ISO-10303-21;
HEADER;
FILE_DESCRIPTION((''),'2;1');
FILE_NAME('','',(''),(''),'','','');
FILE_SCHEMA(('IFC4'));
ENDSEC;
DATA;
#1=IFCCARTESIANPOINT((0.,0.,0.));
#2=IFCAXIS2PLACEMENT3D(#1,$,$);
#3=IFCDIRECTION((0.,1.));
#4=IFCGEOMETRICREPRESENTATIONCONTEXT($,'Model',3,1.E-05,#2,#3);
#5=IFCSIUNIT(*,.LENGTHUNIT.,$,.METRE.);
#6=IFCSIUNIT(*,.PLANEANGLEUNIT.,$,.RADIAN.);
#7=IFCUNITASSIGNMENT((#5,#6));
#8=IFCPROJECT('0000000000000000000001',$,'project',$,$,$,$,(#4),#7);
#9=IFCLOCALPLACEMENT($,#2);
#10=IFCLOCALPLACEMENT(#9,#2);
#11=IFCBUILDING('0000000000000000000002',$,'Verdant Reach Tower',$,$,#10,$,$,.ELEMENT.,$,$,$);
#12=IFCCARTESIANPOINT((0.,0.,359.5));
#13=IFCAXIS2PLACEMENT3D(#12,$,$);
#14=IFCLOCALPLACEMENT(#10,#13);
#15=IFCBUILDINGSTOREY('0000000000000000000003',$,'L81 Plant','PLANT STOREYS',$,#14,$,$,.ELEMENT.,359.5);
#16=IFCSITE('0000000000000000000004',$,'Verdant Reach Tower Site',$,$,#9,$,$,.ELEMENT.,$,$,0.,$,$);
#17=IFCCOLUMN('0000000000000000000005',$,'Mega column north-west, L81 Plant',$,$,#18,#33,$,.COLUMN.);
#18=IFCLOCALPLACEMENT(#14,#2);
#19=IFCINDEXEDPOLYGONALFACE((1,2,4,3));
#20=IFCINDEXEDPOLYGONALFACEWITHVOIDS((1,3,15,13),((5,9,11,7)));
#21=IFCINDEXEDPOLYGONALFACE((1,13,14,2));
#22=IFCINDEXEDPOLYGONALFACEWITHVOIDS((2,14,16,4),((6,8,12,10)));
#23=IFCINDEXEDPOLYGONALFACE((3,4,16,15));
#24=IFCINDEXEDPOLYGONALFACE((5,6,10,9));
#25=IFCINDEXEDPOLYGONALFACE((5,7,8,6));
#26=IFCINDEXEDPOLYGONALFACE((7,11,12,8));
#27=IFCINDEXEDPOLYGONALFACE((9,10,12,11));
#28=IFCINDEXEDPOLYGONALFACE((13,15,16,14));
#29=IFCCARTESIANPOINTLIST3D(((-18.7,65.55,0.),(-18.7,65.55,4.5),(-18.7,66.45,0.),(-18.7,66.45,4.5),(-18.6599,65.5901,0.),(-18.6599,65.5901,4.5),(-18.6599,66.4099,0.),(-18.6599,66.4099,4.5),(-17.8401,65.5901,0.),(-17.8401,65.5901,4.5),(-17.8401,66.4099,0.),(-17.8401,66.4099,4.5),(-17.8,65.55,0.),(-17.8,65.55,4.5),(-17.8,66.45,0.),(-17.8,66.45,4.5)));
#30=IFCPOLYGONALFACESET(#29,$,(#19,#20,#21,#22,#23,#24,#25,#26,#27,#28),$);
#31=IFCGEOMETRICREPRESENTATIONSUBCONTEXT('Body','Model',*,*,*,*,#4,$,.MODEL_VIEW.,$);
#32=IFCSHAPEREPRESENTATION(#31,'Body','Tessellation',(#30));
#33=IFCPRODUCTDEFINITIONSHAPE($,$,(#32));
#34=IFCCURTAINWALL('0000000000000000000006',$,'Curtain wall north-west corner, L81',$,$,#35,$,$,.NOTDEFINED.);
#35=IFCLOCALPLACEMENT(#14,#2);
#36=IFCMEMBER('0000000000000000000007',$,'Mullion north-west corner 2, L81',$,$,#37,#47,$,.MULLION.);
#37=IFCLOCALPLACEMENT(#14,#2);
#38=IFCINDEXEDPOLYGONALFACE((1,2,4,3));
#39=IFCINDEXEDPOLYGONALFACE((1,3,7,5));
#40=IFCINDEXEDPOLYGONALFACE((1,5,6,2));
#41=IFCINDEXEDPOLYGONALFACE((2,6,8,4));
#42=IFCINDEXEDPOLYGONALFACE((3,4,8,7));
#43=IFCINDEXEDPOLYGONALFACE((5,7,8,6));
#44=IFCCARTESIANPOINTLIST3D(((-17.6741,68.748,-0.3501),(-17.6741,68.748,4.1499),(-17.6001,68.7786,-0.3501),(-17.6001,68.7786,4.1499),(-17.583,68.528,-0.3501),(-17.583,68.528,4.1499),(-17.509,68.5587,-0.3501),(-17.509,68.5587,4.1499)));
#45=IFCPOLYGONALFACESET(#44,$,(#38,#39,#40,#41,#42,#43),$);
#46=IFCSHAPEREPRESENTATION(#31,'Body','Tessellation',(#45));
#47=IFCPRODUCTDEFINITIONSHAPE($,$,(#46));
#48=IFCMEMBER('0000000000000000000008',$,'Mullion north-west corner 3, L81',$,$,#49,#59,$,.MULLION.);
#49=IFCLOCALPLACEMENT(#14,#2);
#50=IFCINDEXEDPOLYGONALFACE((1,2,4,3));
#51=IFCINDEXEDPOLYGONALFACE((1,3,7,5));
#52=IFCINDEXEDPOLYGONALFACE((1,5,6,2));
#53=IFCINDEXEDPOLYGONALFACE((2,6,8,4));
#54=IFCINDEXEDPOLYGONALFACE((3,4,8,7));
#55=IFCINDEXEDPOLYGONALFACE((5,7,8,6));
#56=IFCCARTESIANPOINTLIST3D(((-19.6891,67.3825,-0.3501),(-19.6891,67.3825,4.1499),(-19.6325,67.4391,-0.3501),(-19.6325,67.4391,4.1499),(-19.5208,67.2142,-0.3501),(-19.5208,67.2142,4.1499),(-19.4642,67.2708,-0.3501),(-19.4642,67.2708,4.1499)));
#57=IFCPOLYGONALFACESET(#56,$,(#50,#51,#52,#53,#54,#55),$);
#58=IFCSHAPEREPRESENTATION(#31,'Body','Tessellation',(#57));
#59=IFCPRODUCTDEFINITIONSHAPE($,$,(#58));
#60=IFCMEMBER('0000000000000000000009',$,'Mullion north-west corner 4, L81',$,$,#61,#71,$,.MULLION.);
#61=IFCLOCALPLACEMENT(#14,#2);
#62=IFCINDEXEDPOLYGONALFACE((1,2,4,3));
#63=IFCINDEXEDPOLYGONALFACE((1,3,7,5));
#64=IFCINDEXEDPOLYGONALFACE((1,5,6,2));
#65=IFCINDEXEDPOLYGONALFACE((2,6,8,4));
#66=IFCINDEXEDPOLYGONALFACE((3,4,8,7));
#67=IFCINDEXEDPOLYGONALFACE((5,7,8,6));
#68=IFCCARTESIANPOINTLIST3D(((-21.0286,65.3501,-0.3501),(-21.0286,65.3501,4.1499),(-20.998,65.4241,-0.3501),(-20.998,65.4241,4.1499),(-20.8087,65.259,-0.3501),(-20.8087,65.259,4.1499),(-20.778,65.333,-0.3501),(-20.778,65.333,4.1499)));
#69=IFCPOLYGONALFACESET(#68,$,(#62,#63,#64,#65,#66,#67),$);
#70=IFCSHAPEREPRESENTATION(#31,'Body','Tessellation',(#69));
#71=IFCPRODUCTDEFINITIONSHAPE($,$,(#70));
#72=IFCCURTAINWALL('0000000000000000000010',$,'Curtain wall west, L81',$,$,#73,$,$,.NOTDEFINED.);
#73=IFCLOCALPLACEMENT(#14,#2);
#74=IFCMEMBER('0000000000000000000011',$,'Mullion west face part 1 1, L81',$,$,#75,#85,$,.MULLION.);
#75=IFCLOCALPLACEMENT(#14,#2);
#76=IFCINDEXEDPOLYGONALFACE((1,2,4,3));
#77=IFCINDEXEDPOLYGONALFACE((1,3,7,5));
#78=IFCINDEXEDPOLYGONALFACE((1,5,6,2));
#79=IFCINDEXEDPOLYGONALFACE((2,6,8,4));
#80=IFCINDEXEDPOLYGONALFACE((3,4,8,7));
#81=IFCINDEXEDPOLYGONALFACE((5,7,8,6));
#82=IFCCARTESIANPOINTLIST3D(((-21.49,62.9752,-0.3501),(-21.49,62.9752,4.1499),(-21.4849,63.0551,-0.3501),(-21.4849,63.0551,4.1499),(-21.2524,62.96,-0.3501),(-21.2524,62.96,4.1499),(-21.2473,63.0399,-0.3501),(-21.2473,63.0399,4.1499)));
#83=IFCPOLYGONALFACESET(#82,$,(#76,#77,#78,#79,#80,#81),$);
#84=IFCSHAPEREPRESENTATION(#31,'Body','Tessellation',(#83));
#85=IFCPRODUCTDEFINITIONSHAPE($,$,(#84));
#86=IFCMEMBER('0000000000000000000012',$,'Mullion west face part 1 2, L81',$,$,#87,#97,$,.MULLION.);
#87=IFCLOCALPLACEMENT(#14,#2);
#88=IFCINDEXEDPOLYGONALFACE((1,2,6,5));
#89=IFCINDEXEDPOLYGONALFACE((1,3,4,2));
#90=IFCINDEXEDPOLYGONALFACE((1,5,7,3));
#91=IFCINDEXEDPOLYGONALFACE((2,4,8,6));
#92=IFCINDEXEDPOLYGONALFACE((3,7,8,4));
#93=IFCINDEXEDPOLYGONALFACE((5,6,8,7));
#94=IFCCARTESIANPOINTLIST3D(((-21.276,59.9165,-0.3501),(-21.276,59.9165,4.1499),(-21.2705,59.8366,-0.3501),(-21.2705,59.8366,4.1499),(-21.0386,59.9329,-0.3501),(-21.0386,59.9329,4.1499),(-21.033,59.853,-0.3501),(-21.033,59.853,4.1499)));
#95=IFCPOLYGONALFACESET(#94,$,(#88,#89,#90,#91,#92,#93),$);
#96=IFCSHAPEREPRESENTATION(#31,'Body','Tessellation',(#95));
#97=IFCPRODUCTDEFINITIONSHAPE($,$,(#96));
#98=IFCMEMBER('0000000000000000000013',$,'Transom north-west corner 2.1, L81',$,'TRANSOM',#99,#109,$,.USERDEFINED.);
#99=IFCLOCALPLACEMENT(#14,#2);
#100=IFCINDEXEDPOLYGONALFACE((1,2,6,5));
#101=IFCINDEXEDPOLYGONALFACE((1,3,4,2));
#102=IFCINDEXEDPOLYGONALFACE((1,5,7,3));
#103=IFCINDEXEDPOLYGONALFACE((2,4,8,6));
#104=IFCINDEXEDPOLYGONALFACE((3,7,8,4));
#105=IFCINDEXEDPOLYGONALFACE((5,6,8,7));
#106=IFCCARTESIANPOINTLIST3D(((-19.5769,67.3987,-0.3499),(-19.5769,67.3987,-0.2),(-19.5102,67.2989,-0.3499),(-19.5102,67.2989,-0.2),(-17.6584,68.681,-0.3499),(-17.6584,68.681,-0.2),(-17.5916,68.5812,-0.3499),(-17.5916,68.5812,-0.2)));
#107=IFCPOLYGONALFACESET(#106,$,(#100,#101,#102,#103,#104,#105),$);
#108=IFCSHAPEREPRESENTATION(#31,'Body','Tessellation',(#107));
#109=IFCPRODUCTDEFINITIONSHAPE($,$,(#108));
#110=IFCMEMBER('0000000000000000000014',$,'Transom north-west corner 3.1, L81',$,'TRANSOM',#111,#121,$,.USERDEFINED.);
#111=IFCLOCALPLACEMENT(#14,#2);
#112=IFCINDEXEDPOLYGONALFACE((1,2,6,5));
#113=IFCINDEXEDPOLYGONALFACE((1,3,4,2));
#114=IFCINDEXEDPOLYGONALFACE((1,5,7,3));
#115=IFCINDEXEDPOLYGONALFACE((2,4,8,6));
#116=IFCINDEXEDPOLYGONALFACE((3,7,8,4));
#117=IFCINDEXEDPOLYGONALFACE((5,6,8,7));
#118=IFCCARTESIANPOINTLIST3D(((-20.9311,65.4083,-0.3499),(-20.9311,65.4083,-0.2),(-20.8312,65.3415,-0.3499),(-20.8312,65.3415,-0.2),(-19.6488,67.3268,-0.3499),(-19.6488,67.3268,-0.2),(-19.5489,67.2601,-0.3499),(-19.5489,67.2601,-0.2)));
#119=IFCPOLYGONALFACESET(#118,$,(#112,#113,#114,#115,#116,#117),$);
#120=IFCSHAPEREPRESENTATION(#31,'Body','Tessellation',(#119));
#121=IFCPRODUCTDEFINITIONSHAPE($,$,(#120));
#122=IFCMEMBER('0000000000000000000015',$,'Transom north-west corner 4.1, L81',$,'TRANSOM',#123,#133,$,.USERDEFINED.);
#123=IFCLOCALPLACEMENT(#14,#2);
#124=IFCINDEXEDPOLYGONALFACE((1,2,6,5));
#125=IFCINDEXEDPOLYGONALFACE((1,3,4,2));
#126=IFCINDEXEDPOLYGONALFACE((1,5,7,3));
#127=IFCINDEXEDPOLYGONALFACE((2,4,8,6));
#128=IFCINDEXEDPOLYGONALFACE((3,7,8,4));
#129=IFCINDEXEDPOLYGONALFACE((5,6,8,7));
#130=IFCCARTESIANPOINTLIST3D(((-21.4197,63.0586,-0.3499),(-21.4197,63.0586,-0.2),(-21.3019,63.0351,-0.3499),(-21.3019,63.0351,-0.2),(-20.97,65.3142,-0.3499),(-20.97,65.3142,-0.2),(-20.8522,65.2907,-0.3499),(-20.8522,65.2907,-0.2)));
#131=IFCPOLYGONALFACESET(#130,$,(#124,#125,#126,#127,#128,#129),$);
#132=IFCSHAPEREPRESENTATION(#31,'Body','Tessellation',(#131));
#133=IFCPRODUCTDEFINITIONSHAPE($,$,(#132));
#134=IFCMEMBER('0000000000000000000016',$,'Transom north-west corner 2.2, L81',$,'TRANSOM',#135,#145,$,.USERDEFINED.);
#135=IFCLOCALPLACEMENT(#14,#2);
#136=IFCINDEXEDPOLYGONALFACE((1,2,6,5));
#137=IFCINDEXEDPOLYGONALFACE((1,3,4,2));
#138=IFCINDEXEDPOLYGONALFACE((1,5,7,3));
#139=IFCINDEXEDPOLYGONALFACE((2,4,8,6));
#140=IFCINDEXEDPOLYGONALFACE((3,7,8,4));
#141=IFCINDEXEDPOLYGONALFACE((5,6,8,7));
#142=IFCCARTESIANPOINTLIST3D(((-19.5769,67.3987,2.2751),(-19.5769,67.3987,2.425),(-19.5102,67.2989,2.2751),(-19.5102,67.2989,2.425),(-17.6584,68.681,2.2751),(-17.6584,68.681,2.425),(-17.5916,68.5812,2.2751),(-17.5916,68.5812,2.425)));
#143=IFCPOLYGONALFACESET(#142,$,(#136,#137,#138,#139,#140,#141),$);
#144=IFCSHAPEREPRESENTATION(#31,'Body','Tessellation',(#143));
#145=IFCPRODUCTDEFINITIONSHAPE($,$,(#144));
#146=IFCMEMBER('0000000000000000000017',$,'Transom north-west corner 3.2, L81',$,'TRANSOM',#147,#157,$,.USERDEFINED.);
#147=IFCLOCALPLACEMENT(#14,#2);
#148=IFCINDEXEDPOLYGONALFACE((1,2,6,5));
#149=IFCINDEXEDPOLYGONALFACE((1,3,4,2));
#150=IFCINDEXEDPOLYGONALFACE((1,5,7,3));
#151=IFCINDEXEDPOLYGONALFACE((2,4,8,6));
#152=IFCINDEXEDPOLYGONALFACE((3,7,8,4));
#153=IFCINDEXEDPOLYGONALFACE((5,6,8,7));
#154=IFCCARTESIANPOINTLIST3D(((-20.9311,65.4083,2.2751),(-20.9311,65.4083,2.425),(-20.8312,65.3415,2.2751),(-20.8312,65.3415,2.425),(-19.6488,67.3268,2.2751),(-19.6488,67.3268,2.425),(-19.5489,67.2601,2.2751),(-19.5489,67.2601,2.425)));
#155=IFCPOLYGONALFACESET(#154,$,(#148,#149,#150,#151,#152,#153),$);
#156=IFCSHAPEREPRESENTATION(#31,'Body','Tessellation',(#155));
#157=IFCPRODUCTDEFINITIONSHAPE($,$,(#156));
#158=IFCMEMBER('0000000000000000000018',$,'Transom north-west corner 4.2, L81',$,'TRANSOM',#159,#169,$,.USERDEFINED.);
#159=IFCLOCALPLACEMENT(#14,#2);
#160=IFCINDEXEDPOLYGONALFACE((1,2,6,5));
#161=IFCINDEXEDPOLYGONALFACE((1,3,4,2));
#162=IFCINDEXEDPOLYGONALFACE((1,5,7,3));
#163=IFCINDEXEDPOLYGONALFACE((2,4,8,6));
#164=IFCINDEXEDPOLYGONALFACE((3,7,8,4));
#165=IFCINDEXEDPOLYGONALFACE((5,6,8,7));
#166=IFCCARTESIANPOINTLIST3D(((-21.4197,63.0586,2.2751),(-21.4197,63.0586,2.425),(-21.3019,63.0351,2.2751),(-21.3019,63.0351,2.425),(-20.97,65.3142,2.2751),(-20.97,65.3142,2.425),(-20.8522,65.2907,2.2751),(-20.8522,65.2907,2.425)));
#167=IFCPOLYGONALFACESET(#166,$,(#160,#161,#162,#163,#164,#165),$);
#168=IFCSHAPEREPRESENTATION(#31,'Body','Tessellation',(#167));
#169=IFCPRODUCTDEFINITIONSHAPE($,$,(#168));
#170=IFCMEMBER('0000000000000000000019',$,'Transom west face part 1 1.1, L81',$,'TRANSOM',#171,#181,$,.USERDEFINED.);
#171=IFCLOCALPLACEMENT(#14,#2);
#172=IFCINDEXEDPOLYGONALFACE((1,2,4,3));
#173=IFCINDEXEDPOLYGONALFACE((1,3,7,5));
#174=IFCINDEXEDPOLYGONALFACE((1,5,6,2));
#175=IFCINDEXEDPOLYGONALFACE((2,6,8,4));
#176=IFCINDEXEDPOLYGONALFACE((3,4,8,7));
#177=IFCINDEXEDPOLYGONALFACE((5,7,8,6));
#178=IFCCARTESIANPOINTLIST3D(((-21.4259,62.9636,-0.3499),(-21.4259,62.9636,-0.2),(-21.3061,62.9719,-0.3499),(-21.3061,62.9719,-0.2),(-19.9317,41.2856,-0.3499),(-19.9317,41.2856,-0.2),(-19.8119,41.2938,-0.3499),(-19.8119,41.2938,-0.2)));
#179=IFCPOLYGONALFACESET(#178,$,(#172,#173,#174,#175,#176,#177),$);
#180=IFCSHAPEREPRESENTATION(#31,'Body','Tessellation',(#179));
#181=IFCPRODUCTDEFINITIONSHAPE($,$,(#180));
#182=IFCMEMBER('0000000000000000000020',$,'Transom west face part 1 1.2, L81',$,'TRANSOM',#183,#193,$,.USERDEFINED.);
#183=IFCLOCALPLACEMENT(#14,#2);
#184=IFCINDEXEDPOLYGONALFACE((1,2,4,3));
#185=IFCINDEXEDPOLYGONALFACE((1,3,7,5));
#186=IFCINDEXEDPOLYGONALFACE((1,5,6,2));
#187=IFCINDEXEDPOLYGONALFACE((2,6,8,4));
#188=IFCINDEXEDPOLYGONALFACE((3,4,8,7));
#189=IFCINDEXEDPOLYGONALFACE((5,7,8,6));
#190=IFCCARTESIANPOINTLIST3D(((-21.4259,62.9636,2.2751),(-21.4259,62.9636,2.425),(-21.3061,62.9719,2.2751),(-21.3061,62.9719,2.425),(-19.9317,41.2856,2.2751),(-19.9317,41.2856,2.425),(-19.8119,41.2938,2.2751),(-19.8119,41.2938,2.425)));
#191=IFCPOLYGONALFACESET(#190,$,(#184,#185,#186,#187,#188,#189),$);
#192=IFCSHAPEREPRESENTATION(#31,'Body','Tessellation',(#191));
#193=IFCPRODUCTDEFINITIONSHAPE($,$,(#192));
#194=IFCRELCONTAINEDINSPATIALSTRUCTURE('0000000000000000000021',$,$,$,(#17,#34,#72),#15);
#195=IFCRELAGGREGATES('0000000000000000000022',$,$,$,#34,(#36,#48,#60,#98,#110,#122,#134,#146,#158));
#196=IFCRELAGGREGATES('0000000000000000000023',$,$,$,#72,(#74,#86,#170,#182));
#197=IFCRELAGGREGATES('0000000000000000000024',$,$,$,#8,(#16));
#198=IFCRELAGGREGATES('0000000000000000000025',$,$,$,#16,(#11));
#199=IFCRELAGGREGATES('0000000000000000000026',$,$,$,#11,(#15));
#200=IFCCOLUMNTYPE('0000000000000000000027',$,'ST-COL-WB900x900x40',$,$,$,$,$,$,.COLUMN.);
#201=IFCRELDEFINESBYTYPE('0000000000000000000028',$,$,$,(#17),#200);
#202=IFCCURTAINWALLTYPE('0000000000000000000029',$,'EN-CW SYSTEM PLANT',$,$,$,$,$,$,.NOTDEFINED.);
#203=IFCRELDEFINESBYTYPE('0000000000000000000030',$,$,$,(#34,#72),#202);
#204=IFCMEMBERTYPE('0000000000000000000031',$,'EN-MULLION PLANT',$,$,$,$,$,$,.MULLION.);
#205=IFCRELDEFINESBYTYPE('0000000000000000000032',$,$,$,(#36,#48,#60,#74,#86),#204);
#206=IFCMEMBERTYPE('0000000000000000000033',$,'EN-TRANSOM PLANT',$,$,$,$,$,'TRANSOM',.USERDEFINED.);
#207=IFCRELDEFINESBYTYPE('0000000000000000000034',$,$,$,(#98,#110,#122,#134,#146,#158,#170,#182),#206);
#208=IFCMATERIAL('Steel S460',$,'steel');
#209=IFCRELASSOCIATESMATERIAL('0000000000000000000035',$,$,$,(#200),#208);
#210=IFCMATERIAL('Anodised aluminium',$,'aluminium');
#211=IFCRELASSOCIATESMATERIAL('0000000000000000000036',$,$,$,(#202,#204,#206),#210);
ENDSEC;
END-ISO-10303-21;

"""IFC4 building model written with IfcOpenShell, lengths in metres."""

from ifc_helpers import new_model, si_unit, direction, frame, origin, origin_2d, place, context, subcontext, project, spatial, rectangle, hollow_rectangle, extrude, material, material_profile, profile_set, type_object, element, aggregate, save


model = new_model("IFC4")

# Units and contexts
model_context = context("Model", 3, precision=1e-05, world=origin(), true_north=direction((0.0, 1.0)))
body_context = subcontext(model_context, "Body", "Model", "MODEL_VIEW")
ifc_project = project(units=[si_unit("LENGTHUNIT", "METRE"), si_unit("PLANEANGLEUNIT", "RADIAN")], contexts=[model_context])

# Site, building, storey
site_placement = place(None, origin())
site = spatial("IfcSite", under=ifc_project, at=site_placement, Name="Verdant Reach Tower Site", CompositionType="ELEMENT", RefElevation=0.0)
building_placement = place(site_placement, origin())
building = spatial("IfcBuilding", under=site, at=building_placement, Name="Verdant Reach Tower", CompositionType="ELEMENT")
storey_placement = place(building_placement, frame((0.0, 0.0, 359.5)))
storey = spatial("IfcBuildingStorey", under=building, at=storey_placement, Name="L81 Plant", Description="PLANT STOREYS", CompositionType="ELEMENT", Elevation=359.5)

# Column
ifc_material_1 = material(Name="Steel S460", Category="steel")
ifc_material_profile_1 = material_profile(ifc_material_1, hollow_rectangle(XDim=0.8999, YDim=0.8999, WallThickness=0.04, at=origin_2d()), Name="WB 900x900x40")
ifc_profile_set_1 = profile_set([ifc_material_profile_1], Name="Steel S460")
column_type = type_object("IfcColumnType", Name="ST-COL-WB900x900x40", PredefinedType="COLUMN", material=ifc_profile_set_1)
column_placement = place(storey_placement, frame((-18.25, 66.0, 0.0), z_axis=(0.0, 0.0, 1.0), x_axis=(1.0, 0.0, 0.0)))
element("IfcColumn", 1, at=column_placement, inside=storey, type_object=column_type, Name="Mega column north-west, L81 Plant", PredefinedType="COLUMN", context=body_context, shape_type="SweptSolid", body=[
    extrude(hollow_rectangle(XDim=0.8999, YDim=0.8999, WallThickness=0.04, at=origin_2d()), origin(), (0.0, 0.0, 1.0), 4.5),
])

# Curtain walls, members
ifc_material_2 = material(Name="Anodised aluminium", Category="aluminium")
curtain_wall_type = type_object("IfcCurtainWallType", Name="EN-CW SYSTEM PLANT", PredefinedType="NOTDEFINED", material=ifc_material_2)
curtain_wall_1_placement = place(storey_placement, origin())
curtain_wall_1 = element("IfcCurtainWall", 2, at=curtain_wall_1_placement, inside=storey, type_object=curtain_wall_type, Name="Curtain wall north-west corner, L81", PredefinedType="NOTDEFINED")
ifc_material_profile_2 = material_profile(ifc_material_2, rectangle(XDim=0.238, YDim=0.0801, at=origin_2d()), Name="Mullion 80x240")
ifc_profile_set_2 = profile_set([ifc_material_profile_2], Name="Anodised aluminium")
member_type_1 = type_object("IfcMemberType", Name="EN-MULLION PLANT", PredefinedType="MULLION", material=ifc_profile_set_2)
member_1_placement = place(storey_placement, frame((-17.5916, 68.6533, -0.3501), z_axis=(0.0, 0.0, 1.0), x_axis=(-0.382694, 0.923875, 0.0)))
member_1 = element("IfcMember", 3, at=member_1_placement, type_object=member_type_1, Name="Mullion north-west corner 2, L81", PredefinedType="MULLION", context=body_context, shape_type="SweptSolid", body=[
    extrude(rectangle(XDim=0.238, YDim=0.0801, at=origin_2d()), origin(), (0.0, 0.0, 1.0), 4.5),
])
member_2_placement = place(storey_placement, frame((-19.5767, 67.3267, -0.3501), z_axis=(0.0, 0.0, 1.0), x_axis=(-0.707107, 0.707107, 0.0)))
member_2 = element("IfcMember", 4, at=member_2_placement, type_object=member_type_1, Name="Mullion north-west corner 3, L81", PredefinedType="MULLION", context=body_context, shape_type="SweptSolid", body=[
    extrude(rectangle(XDim=0.238, YDim=0.0801, at=origin_2d()), origin(), (0.0, 0.0, 1.0), 4.5),
])
member_3_placement = place(storey_placement, frame((-20.9033, 65.3416, -0.3501), z_axis=(0.0, 0.0, 1.0), x_axis=(-0.923875, 0.382694, 0.0)))
member_3 = element("IfcMember", 5, at=member_3_placement, type_object=member_type_1, Name="Mullion north-west corner 4, L81", PredefinedType="MULLION", context=body_context, shape_type="SweptSolid", body=[
    extrude(rectangle(XDim=0.238, YDim=0.0801, at=origin_2d()), origin(), (0.0, 0.0, 1.0), 4.5),
])
curtain_wall_2_placement = place(storey_placement, origin())
curtain_wall_2 = element("IfcCurtainWall", 6, at=curtain_wall_2_placement, inside=storey, type_object=curtain_wall_type, Name="Curtain wall west, L81", PredefinedType="NOTDEFINED")
member_4_placement = place(storey_placement, frame((-21.3687, 63.0076, -0.3501), z_axis=(0.0, 0.0, 1.0), x_axis=(-0.997969, 0.063699, 0.0)))
member_4 = element("IfcMember", 7, at=member_4_placement, type_object=member_type_1, Name="Mullion west face part 1 1, L81", PredefinedType="MULLION", context=body_context, shape_type="SweptSolid", body=[
    extrude(rectangle(XDim=0.238, YDim=0.0801, at=origin_2d()), origin(), (0.0, 0.0, 1.0), 4.5),
])
member_5_placement = place(storey_placement, frame((-21.1545, 59.8848, -0.3501), z_axis=(0.0, 0.0, 1.0), x_axis=(-0.99763, -0.068802, 0.0)))
member_5 = element("IfcMember", 8, at=member_5_placement, type_object=member_type_1, Name="Mullion west face part 1 2, L81", PredefinedType="MULLION", context=body_context, shape_type="SweptSolid", body=[
    extrude(rectangle(XDim=0.238, YDim=0.0801, at=origin_2d()), origin(), (0.0, 0.0, 1.0), 4.5),
])

# Members
ifc_material_profile_3 = material_profile(ifc_material_2, rectangle(XDim=0.1201, YDim=0.1499, at=origin_2d()), Name="Transom 150x120")
ifc_profile_set_3 = profile_set([ifc_material_profile_3], Name="Anodised aluminium")
member_type_2 = type_object("IfcMemberType", Name="EN-TRANSOM PLANT", ElementType="TRANSOM", PredefinedType="USERDEFINED", material=ifc_profile_set_3)
member_6_placement = place(storey_placement, frame((-17.625, 68.6311, -0.2749), z_axis=(-0.831399, -0.555676, 0.0), x_axis=(0.555676, -0.831399, 0.0)))
member_6 = element("IfcMember", 9, at=member_6_placement, type_object=member_type_2, Name="Transom north-west corner 2.1, L81", ObjectType="TRANSOM", PredefinedType="USERDEFINED", context=body_context, shape_type="SweptSolid", body=[
    extrude(rectangle(XDim=0.1201, YDim=0.1499, at=origin_2d()), origin(), (0.0, 0.0, 1.0), 2.3076),
])
member_7_placement = place(storey_placement, frame((-19.5989, 67.2935, -0.2749), z_axis=(-0.555676, -0.831399, 0.0), x_axis=(0.831399, -0.555676, 0.0)))
member_7 = element("IfcMember", 10, at=member_7_placement, type_object=member_type_2, Name="Transom north-west corner 3.1, L81", ObjectType="TRANSOM", PredefinedType="USERDEFINED", context=body_context, shape_type="SweptSolid", body=[
    extrude(rectangle(XDim=0.1201, YDim=0.1499, at=origin_2d()), origin(), (0.0, 0.0, 1.0), 2.3076),
])
member_8_placement = place(storey_placement, frame((-20.9111, 65.3025, -0.2749), z_axis=(-0.195524, -0.980699, 0.0), x_axis=(0.980699, -0.195524, 0.0)))
member_8 = element("IfcMember", 11, at=member_8_placement, type_object=member_type_2, Name="Transom north-west corner 4.1, L81", ObjectType="TRANSOM", PredefinedType="USERDEFINED", context=body_context, shape_type="SweptSolid", body=[
    extrude(rectangle(XDim=0.1201, YDim=0.1499, at=origin_2d()), origin(), (0.0, 0.0, 1.0), 2.3),
])
member_9_placement = place(storey_placement, frame((-17.625, 68.6311, 2.3501), z_axis=(-0.831399, -0.555676, 0.0), x_axis=(0.555676, -0.831399, 0.0)))
member_9 = element("IfcMember", 12, at=member_9_placement, type_object=member_type_2, Name="Transom north-west corner 2.2, L81", ObjectType="TRANSOM", PredefinedType="USERDEFINED", context=body_context, shape_type="SweptSolid", body=[
    extrude(rectangle(XDim=0.1201, YDim=0.1499, at=origin_2d()), origin(), (0.0, 0.0, 1.0), 2.3076),
])
member_10_placement = place(storey_placement, frame((-19.5989, 67.2935, 2.3501), z_axis=(-0.555676, -0.831399, 0.0), x_axis=(0.831399, -0.555676, 0.0)))
member_10 = element("IfcMember", 13, at=member_10_placement, type_object=member_type_2, Name="Transom north-west corner 3.2, L81", ObjectType="TRANSOM", PredefinedType="USERDEFINED", context=body_context, shape_type="SweptSolid", body=[
    extrude(rectangle(XDim=0.1201, YDim=0.1499, at=origin_2d()), origin(), (0.0, 0.0, 1.0), 2.3076),
])
member_11_placement = place(storey_placement, frame((-20.9111, 65.3025, 2.3501), z_axis=(-0.195524, -0.980699, 0.0), x_axis=(0.980699, -0.195524, 0.0)))
member_11 = element("IfcMember", 14, at=member_11_placement, type_object=member_type_2, Name="Transom north-west corner 4.2, L81", ObjectType="TRANSOM", PredefinedType="USERDEFINED", context=body_context, shape_type="SweptSolid", body=[
    extrude(rectangle(XDim=0.1201, YDim=0.1499, at=origin_2d()), origin(), (0.0, 0.0, 1.0), 2.3),
])
member_12_placement = place(storey_placement, frame((-21.366, 62.9678, -0.2749), z_axis=(0.068761, -0.997633, 0.0), x_axis=(0.997633, 0.068761, 0.0)))
member_12 = element("IfcMember", 15, at=member_12_placement, type_object=member_type_2, Name="Transom west face part 1 1.1, L81", ObjectType="TRANSOM", PredefinedType="USERDEFINED", context=body_context, shape_type="SweptSolid", body=[
    extrude(rectangle(XDim=0.1201, YDim=0.1499, at=origin_2d()), origin(), (0.0, 0.0, 1.0), 21.7295),
])
member_13_placement = place(storey_placement, frame((-21.366, 62.9678, 2.3501), z_axis=(0.068761, -0.997633, 0.0), x_axis=(0.997633, 0.068761, 0.0)))
member_13 = element("IfcMember", 16, at=member_13_placement, type_object=member_type_2, Name="Transom west face part 1 1.2, L81", ObjectType="TRANSOM", PredefinedType="USERDEFINED", context=body_context, shape_type="SweptSolid", body=[
    extrude(rectangle(XDim=0.1201, YDim=0.1499, at=origin_2d()), origin(), (0.0, 0.0, 1.0), 21.7295),
])

aggregate(curtain_wall_1, [member_1, member_2, member_3, member_6, member_7, member_8, member_9, member_10, member_11])
aggregate(curtain_wall_2, [member_4, member_5, member_12, member_13])

save(model, "model.ifc")
